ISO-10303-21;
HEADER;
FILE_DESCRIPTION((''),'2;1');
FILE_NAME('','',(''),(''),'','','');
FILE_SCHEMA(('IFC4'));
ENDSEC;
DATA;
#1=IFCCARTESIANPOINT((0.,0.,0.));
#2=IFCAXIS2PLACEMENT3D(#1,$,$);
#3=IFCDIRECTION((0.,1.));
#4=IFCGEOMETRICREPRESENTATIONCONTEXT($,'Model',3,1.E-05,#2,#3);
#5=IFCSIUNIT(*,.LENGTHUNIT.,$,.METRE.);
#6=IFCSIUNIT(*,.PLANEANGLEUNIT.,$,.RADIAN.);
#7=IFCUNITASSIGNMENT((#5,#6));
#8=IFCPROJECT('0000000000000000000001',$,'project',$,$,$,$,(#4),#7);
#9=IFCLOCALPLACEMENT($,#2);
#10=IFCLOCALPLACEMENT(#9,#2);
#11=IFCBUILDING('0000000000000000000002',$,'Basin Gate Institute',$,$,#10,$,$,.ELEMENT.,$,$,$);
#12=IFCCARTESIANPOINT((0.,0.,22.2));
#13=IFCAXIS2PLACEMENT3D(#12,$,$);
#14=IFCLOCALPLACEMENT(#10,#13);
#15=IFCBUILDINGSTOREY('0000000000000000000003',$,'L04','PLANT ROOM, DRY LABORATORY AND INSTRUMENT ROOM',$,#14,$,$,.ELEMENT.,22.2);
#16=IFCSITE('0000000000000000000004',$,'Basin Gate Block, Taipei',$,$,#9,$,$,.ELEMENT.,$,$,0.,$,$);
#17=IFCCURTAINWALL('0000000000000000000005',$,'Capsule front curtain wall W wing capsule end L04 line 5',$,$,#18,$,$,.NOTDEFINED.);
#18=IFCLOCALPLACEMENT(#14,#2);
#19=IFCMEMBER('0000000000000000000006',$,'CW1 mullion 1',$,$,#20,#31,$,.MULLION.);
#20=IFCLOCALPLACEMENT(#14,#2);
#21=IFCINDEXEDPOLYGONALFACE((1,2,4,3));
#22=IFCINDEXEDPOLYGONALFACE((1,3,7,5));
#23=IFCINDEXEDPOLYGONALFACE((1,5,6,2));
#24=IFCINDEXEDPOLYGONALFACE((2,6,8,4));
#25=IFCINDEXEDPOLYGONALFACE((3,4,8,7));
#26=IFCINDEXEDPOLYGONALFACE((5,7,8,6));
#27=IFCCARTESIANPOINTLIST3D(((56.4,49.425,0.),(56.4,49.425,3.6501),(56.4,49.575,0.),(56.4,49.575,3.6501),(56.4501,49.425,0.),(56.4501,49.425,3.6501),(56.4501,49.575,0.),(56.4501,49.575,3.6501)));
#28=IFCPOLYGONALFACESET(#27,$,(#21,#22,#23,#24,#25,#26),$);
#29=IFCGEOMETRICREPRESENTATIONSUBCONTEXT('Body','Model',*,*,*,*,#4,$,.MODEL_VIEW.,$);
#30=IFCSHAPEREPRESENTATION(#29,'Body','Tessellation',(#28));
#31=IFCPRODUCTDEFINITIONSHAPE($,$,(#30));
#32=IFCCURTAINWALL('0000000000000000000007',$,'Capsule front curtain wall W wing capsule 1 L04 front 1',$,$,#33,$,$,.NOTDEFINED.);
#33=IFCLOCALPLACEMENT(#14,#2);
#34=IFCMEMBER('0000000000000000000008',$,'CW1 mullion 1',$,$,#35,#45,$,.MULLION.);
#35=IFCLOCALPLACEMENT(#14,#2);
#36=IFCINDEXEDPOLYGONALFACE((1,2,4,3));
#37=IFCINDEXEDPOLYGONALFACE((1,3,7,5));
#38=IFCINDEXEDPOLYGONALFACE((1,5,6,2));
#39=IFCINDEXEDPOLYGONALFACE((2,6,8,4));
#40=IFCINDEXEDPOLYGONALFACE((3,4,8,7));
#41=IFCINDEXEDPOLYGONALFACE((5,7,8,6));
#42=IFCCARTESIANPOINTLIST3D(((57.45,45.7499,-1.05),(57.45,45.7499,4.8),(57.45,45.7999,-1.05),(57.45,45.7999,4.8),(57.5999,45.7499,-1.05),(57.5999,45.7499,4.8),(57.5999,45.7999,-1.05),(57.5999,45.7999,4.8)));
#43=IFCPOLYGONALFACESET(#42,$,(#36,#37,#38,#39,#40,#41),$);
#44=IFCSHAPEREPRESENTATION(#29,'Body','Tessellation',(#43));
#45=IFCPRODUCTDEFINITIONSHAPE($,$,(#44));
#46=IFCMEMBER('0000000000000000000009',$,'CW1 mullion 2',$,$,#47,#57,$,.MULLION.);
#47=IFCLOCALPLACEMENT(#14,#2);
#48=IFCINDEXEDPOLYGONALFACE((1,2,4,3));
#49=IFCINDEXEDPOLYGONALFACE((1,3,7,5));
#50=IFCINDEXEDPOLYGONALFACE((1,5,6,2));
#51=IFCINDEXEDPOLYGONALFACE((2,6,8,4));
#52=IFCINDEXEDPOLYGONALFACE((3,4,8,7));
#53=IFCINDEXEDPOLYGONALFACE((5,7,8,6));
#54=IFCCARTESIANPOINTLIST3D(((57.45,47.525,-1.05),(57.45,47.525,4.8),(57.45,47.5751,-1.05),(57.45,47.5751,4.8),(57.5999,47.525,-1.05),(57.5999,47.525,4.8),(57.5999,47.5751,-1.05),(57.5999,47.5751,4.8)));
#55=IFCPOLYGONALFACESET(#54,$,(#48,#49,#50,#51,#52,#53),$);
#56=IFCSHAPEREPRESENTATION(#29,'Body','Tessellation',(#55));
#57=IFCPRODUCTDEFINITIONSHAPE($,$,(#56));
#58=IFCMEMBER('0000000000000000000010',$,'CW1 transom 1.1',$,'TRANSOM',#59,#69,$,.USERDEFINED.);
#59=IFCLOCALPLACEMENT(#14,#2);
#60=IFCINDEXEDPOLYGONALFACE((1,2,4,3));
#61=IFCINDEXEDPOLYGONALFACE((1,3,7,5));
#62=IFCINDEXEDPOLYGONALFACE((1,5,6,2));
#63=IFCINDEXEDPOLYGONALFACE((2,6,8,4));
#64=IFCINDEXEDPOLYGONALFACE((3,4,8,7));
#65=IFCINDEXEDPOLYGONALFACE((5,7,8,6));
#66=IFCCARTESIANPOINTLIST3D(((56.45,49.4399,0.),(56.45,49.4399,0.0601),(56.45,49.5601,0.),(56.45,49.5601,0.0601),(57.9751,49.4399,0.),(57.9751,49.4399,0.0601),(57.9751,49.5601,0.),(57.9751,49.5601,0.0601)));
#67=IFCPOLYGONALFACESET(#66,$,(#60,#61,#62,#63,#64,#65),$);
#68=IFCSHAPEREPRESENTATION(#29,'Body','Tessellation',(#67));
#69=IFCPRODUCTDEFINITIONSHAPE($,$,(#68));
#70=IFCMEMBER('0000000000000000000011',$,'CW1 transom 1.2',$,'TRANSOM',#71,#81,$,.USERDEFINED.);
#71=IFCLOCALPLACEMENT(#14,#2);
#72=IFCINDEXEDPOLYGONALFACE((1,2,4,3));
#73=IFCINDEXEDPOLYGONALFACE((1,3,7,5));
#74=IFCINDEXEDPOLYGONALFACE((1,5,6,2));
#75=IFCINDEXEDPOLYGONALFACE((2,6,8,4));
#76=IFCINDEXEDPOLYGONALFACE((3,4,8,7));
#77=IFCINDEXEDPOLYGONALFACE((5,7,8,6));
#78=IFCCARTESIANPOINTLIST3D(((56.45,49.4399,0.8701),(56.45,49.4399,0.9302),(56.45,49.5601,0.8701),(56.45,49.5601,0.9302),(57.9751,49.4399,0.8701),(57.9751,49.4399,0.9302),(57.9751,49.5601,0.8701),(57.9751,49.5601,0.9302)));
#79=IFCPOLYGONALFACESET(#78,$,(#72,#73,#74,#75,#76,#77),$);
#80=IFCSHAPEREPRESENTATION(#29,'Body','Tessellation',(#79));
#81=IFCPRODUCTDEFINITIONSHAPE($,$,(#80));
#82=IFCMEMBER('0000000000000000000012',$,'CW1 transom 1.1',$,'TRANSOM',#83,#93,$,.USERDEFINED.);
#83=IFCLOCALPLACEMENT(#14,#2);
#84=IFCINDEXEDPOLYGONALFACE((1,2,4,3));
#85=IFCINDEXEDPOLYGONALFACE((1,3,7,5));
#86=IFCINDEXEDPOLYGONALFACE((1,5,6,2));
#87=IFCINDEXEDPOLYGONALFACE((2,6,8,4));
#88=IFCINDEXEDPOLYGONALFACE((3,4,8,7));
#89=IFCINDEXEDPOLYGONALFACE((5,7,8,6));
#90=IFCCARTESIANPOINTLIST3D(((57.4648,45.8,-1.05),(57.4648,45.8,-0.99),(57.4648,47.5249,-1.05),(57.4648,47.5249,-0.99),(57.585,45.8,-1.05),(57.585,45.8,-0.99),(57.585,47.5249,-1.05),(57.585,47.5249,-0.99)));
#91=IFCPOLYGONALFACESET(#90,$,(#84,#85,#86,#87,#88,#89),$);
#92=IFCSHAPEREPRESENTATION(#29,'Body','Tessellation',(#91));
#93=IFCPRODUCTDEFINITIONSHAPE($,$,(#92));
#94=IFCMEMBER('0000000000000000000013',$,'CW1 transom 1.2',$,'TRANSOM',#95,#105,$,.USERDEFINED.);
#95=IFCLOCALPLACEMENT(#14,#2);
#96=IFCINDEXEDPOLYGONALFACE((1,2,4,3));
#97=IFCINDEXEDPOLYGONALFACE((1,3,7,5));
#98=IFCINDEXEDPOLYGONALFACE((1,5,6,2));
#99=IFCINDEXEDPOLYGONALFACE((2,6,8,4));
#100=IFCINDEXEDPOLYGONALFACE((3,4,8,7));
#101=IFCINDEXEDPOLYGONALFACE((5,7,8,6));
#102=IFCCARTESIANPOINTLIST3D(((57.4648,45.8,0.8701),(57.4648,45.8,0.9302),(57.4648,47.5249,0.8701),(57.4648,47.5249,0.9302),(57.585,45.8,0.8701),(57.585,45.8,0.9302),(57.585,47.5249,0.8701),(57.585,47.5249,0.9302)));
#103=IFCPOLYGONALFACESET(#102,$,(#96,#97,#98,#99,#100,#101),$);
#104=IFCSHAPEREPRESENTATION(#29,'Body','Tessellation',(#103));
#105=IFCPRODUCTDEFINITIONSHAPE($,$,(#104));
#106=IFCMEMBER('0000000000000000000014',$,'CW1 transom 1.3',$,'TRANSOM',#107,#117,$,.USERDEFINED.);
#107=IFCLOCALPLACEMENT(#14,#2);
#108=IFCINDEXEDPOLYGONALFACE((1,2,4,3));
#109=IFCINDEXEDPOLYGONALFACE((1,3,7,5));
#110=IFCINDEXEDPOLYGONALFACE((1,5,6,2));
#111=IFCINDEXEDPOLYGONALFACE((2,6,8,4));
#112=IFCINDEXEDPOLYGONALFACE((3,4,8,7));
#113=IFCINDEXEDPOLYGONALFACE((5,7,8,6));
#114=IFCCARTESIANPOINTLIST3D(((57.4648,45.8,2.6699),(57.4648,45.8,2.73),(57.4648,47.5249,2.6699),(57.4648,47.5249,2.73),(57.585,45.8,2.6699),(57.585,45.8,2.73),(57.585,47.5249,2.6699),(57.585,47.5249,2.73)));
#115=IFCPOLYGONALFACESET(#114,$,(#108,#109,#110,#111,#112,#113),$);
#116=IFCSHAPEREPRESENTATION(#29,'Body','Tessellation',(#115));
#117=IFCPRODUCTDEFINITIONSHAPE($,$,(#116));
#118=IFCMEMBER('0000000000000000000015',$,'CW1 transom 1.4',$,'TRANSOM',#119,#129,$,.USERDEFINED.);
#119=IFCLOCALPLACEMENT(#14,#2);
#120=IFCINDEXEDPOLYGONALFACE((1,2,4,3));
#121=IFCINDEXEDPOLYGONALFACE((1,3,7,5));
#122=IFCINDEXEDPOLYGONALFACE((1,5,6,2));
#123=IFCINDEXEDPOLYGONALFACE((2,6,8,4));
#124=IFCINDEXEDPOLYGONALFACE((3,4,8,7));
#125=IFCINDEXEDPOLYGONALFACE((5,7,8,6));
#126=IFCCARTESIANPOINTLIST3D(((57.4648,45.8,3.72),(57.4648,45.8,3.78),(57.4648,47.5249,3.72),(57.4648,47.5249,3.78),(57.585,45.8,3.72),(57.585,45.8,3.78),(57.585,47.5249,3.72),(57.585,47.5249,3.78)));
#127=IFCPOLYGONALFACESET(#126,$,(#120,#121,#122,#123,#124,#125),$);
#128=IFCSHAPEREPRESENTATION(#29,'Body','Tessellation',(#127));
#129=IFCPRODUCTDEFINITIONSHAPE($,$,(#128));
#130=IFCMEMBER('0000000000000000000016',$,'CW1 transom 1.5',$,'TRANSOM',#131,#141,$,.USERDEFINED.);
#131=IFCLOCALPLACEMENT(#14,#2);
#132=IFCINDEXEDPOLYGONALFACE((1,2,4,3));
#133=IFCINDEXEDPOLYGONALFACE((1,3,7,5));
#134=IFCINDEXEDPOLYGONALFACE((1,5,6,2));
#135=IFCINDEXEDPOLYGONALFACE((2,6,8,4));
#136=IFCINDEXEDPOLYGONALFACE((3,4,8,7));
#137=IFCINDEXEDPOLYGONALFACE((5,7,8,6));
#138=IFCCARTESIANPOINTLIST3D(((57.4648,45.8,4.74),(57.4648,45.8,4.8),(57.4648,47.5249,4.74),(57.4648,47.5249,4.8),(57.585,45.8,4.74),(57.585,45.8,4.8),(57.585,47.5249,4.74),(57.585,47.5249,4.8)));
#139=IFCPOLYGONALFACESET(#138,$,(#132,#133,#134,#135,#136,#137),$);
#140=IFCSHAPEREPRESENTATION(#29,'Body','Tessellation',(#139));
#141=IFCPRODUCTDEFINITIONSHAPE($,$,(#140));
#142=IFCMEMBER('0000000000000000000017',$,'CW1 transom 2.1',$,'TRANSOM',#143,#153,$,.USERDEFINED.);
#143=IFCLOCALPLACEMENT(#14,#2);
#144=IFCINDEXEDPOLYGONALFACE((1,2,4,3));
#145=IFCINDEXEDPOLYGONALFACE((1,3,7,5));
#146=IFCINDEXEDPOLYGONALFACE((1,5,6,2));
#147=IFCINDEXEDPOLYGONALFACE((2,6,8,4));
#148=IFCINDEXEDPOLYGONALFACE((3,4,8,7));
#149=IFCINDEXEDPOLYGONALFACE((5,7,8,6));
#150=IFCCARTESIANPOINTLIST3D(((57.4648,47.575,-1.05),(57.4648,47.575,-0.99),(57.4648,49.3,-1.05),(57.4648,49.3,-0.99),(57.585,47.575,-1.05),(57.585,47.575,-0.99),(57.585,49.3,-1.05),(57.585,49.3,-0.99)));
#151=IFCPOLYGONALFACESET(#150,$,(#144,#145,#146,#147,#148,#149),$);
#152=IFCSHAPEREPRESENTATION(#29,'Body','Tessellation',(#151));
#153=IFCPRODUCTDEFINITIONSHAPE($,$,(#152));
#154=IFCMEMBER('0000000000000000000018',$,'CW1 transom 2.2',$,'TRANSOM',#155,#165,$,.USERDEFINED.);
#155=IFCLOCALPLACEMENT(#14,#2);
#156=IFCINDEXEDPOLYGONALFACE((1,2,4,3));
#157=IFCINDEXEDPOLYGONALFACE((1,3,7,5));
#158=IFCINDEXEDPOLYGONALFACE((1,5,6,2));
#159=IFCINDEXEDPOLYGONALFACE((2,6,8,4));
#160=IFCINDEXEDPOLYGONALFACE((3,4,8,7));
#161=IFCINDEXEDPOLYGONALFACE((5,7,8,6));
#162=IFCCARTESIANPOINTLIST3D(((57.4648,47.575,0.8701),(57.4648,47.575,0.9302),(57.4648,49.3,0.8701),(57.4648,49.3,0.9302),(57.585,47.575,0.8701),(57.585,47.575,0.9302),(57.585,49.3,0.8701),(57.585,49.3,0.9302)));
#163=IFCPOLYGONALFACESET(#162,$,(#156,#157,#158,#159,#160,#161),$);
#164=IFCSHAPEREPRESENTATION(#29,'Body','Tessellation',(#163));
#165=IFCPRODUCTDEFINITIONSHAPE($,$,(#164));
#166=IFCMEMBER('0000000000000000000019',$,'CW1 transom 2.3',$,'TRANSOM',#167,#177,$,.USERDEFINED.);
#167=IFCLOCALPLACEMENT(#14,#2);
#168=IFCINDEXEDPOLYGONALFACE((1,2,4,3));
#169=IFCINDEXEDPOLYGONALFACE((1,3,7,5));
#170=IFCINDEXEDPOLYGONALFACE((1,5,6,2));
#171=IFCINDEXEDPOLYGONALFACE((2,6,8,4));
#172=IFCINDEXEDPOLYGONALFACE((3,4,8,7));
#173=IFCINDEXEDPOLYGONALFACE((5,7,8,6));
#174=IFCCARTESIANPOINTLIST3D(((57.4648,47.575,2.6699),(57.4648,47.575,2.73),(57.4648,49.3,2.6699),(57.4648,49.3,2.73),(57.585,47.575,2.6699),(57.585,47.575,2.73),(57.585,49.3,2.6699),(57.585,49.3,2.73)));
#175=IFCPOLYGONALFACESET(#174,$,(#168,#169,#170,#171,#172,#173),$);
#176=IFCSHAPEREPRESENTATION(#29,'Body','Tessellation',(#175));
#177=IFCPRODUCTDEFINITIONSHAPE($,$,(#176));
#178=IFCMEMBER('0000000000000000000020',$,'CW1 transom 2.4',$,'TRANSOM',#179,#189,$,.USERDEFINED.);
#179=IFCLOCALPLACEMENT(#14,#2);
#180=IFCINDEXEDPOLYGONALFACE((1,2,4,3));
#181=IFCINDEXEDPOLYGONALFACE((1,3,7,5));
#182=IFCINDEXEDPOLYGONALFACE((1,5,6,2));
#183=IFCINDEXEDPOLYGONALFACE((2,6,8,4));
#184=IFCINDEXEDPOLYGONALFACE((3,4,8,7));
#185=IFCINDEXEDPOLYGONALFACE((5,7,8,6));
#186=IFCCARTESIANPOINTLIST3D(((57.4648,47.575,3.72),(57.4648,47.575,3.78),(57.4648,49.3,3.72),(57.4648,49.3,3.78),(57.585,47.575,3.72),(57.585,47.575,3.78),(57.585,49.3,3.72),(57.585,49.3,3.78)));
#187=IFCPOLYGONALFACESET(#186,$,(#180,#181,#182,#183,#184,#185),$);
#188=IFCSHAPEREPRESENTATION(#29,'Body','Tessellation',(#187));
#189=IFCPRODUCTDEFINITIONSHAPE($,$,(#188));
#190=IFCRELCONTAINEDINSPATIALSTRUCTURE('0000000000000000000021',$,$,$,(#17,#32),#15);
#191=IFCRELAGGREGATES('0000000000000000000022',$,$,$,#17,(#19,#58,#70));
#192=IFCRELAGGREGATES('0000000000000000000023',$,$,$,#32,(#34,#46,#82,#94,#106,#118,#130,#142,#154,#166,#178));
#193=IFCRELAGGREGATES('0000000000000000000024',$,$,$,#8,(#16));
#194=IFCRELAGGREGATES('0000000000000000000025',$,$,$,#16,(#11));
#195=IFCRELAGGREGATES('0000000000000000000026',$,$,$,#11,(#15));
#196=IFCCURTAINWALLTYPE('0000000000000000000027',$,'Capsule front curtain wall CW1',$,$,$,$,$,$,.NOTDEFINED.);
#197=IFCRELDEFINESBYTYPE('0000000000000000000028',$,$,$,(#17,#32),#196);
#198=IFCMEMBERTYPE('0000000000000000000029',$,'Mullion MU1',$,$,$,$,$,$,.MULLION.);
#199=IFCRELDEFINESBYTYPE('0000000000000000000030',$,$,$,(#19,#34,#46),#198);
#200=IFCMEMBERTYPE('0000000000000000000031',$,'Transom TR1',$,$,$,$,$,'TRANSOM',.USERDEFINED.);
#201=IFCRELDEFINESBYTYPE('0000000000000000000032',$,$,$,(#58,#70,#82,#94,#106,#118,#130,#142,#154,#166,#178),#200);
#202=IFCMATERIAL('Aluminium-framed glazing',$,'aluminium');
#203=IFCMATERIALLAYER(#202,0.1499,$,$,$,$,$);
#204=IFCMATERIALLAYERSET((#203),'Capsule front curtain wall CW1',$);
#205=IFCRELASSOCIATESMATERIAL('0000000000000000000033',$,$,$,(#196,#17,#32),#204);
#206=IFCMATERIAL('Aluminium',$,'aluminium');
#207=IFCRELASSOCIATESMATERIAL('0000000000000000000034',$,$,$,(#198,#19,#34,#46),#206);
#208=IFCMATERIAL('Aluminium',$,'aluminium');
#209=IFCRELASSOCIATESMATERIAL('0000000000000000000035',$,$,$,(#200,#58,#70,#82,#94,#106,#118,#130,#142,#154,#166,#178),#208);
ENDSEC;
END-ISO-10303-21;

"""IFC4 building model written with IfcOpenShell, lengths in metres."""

from ifc_helpers import new_model, si_unit, direction, frame, origin, origin_2d, place, context, subcontext, project, spatial, rectangle, extrude, material, layer, layer_set, material_profile, profile_set, type_object, element, aggregate, save


model = new_model("IFC4")

# Units and contexts
model_context = context("Model", 3, precision=1e-05, world=origin(), true_north=direction((0.0, 1.0)))
body_context = subcontext(model_context, "Body", "Model", "MODEL_VIEW")
ifc_project = project(units=[si_unit("LENGTHUNIT", "METRE"), si_unit("PLANEANGLEUNIT", "RADIAN")], contexts=[model_context])

# Site, building, storey
site_placement = place(None, origin())
site = spatial("IfcSite", under=ifc_project, at=site_placement, Name="Basin Gate Block, Taipei", CompositionType="ELEMENT", RefElevation=0.0)
building_placement = place(site_placement, origin())
building = spatial("IfcBuilding", under=site, at=building_placement, Name="Basin Gate Institute", CompositionType="ELEMENT")
storey_placement = place(building_placement, frame((0.0, 0.0, 22.2)))
storey = spatial("IfcBuildingStorey", under=building, at=storey_placement, Name="L04", Description="PLANT ROOM, DRY LABORATORY AND INSTRUMENT ROOM", CompositionType="ELEMENT", Elevation=22.2)

# Curtain wall, member
ifc_material_1 = material(Name="Aluminium-framed glazing", Category="aluminium")
ifc_layer_1 = layer(ifc_material_1, 0.1499)
ifc_layer_set_1 = layer_set([ifc_layer_1], Name="Capsule front curtain wall CW1")
curtain_wall_type = type_object("IfcCurtainWallType", Name="Capsule front curtain wall CW1", PredefinedType="NOTDEFINED", material=ifc_layer_set_1)
curtain_wall_1_placement = place(storey_placement, origin())
curtain_wall_1 = element("IfcCurtainWall", 1, at=curtain_wall_1_placement, inside=storey, type_object=curtain_wall_type, material=ifc_layer_set_1, Name="Capsule front curtain wall W wing capsule end L04 line 5", PredefinedType="NOTDEFINED")
ifc_material_2 = material(Name="Aluminium", Category="aluminium")
ifc_material_profile_1 = material_profile(ifc_material_2, rectangle(XDim=0.1499, YDim=0.05, at=origin_2d()), Name="Mullion MU1 150 x 50")
ifc_profile_set_1 = profile_set([ifc_material_profile_1], Name="Aluminium")
member_type_1 = type_object("IfcMemberType", Name="Mullion MU1", PredefinedType="MULLION", material=ifc_profile_set_1)
member_1_placement = place(storey_placement, frame((56.425, 49.5, 0.0), z_axis=(0.0, 0.0, 1.0), x_axis=(0.0, 1.0, 0.0)))
member_1 = element("IfcMember", 2, at=member_1_placement, type_object=member_type_1, material=ifc_profile_set_1, Name="CW1 mullion 1", PredefinedType="MULLION", context=body_context, shape_type="SweptSolid", body=[
    extrude(rectangle(XDim=0.1499, YDim=0.05, at=origin_2d()), origin(), (0.0, 0.0, 1.0), 3.6501),
])

# Curtain wall, members
curtain_wall_2_placement = place(storey_placement, origin())
curtain_wall_2 = element("IfcCurtainWall", 3, at=curtain_wall_2_placement, inside=storey, type_object=curtain_wall_type, material=ifc_layer_set_1, Name="Capsule front curtain wall W wing capsule 1 L04 front 1", PredefinedType="NOTDEFINED")
member_2_placement = place(storey_placement, frame((57.5249, 45.7749, -1.05), z_axis=(0.0, 0.0, 1.0), x_axis=(-1.0, 0.0, 0.0)))
member_2 = element("IfcMember", 4, at=member_2_placement, type_object=member_type_1, material=ifc_profile_set_1, Name="CW1 mullion 1", PredefinedType="MULLION", context=body_context, shape_type="SweptSolid", body=[
    extrude(rectangle(XDim=0.1499, YDim=0.05, at=origin_2d()), origin(), (0.0, 0.0, 1.0), 5.8501),
])
member_3_placement = place(storey_placement, frame((57.5249, 47.55, -1.05), z_axis=(0.0, 0.0, 1.0), x_axis=(-1.0, 0.0, 0.0)))
member_3 = element("IfcMember", 5, at=member_3_placement, type_object=member_type_1, material=ifc_profile_set_1, Name="CW1 mullion 2", PredefinedType="MULLION", context=body_context, shape_type="SweptSolid", body=[
    extrude(rectangle(XDim=0.1499, YDim=0.05, at=origin_2d()), origin(), (0.0, 0.0, 1.0), 5.8501),
])

# Members
ifc_material_3 = material(Name="Aluminium", Category="aluminium")
ifc_material_profile_2 = material_profile(ifc_material_3, rectangle(XDim=0.1201, YDim=0.0601, at=origin_2d()), Name="Transom TR1 120 x 60")
ifc_profile_set_2 = profile_set([ifc_material_profile_2], Name="Aluminium")
member_type_2 = type_object("IfcMemberType", Name="Transom TR1", ElementType="TRANSOM", PredefinedType="USERDEFINED", material=ifc_profile_set_2)
member_4_placement = place(storey_placement, frame((56.45, 49.5, 0.03), z_axis=(1.0, 0.0, 0.0), x_axis=(0.0, 1.0, 0.0)))
member_4 = element("IfcMember", 6, at=member_4_placement, type_object=member_type_2, material=ifc_profile_set_2, Name="CW1 transom 1.1", ObjectType="TRANSOM", PredefinedType="USERDEFINED", context=body_context, shape_type="SweptSolid", body=[
    extrude(rectangle(XDim=0.1201, YDim=0.0601, at=origin_2d()), origin(), (0.0, 0.0, 1.0), 1.5251),
])
member_5_placement = place(storey_placement, frame((56.45, 49.5, 0.9001), z_axis=(1.0, 0.0, 0.0), x_axis=(0.0, 1.0, 0.0)))
member_5 = element("IfcMember", 7, at=member_5_placement, type_object=member_type_2, material=ifc_profile_set_2, Name="CW1 transom 1.2", ObjectType="TRANSOM", PredefinedType="USERDEFINED", context=body_context, shape_type="SweptSolid", body=[
    extrude(rectangle(XDim=0.1201, YDim=0.0601, at=origin_2d()), origin(), (0.0, 0.0, 1.0), 1.5251),
])
aggregate(curtain_wall_1, [member_1, member_4, member_5])
member_6_placement = place(storey_placement, frame((57.5249, 45.8, -1.02), z_axis=(0.0, 1.0, 0.0), x_axis=(-1.0, 0.0, 0.0)))
member_6 = element("IfcMember", 8, at=member_6_placement, type_object=member_type_2, material=ifc_profile_set_2, Name="CW1 transom 1.1", ObjectType="TRANSOM", PredefinedType="USERDEFINED", context=body_context, shape_type="SweptSolid", body=[
    extrude(rectangle(XDim=0.1201, YDim=0.0601, at=origin_2d()), origin(), (0.0, 0.0, 1.0), 1.7249),
])
member_7_placement = place(storey_placement, frame((57.5249, 45.8, 0.9001), z_axis=(0.0, 1.0, 0.0), x_axis=(-1.0, 0.0, 0.0)))
member_7 = element("IfcMember", 9, at=member_7_placement, type_object=member_type_2, material=ifc_profile_set_2, Name="CW1 transom 1.2", ObjectType="TRANSOM", PredefinedType="USERDEFINED", context=body_context, shape_type="SweptSolid", body=[
    extrude(rectangle(XDim=0.1201, YDim=0.0601, at=origin_2d()), origin(), (0.0, 0.0, 1.0), 1.7249),
])
member_8_placement = place(storey_placement, frame((57.5249, 45.8, 2.7), z_axis=(0.0, 1.0, 0.0), x_axis=(-1.0, 0.0, 0.0)))
member_8 = element("IfcMember", 10, at=member_8_placement, type_object=member_type_2, material=ifc_profile_set_2, Name="CW1 transom 1.3", ObjectType="TRANSOM", PredefinedType="USERDEFINED", context=body_context, shape_type="SweptSolid", body=[
    extrude(rectangle(XDim=0.1201, YDim=0.0601, at=origin_2d()), origin(), (0.0, 0.0, 1.0), 1.7249),
])
member_9_placement = place(storey_placement, frame((57.5249, 45.8, 3.75), z_axis=(0.0, 1.0, 0.0), x_axis=(-1.0, 0.0, 0.0)))
member_9 = element("IfcMember", 11, at=member_9_placement, type_object=member_type_2, material=ifc_profile_set_2, Name="CW1 transom 1.4", ObjectType="TRANSOM", PredefinedType="USERDEFINED", context=body_context, shape_type="SweptSolid", body=[
    extrude(rectangle(XDim=0.1201, YDim=0.0601, at=origin_2d()), origin(), (0.0, 0.0, 1.0), 1.7249),
])
member_10_placement = place(storey_placement, frame((57.5249, 45.8, 4.77), z_axis=(0.0, 1.0, 0.0), x_axis=(-1.0, 0.0, 0.0)))
member_10 = element("IfcMember", 12, at=member_10_placement, type_object=member_type_2, material=ifc_profile_set_2, Name="CW1 transom 1.5", ObjectType="TRANSOM", PredefinedType="USERDEFINED", context=body_context, shape_type="SweptSolid", body=[
    extrude(rectangle(XDim=0.1201, YDim=0.0601, at=origin_2d()), origin(), (0.0, 0.0, 1.0), 1.7249),
])
member_11_placement = place(storey_placement, frame((57.5249, 47.575, -1.02), z_axis=(0.0, 1.0, 0.0), x_axis=(-1.0, 0.0, 0.0)))
member_11 = element("IfcMember", 13, at=member_11_placement, type_object=member_type_2, material=ifc_profile_set_2, Name="CW1 transom 2.1", ObjectType="TRANSOM", PredefinedType="USERDEFINED", context=body_context, shape_type="SweptSolid", body=[
    extrude(rectangle(XDim=0.1201, YDim=0.0601, at=origin_2d()), origin(), (0.0, 0.0, 1.0), 1.7251),
])
member_12_placement = place(storey_placement, frame((57.5249, 47.575, 0.9001), z_axis=(0.0, 1.0, 0.0), x_axis=(-1.0, 0.0, 0.0)))
member_12 = element("IfcMember", 14, at=member_12_placement, type_object=member_type_2, material=ifc_profile_set_2, Name="CW1 transom 2.2", ObjectType="TRANSOM", PredefinedType="USERDEFINED", context=body_context, shape_type="SweptSolid", body=[
    extrude(rectangle(XDim=0.1201, YDim=0.0601, at=origin_2d()), origin(), (0.0, 0.0, 1.0), 1.7251),
])
member_13_placement = place(storey_placement, frame((57.5249, 47.575, 2.7), z_axis=(0.0, 1.0, 0.0), x_axis=(-1.0, 0.0, 0.0)))
member_13 = element("IfcMember", 15, at=member_13_placement, type_object=member_type_2, material=ifc_profile_set_2, Name="CW1 transom 2.3", ObjectType="TRANSOM", PredefinedType="USERDEFINED", context=body_context, shape_type="SweptSolid", body=[
    extrude(rectangle(XDim=0.1201, YDim=0.0601, at=origin_2d()), origin(), (0.0, 0.0, 1.0), 1.7251),
])
member_14_placement = place(storey_placement, frame((57.5249, 47.575, 3.75), z_axis=(0.0, 1.0, 0.0), x_axis=(-1.0, 0.0, 0.0)))
member_14 = element("IfcMember", 16, at=member_14_placement, type_object=member_type_2, material=ifc_profile_set_2, Name="CW1 transom 2.4", ObjectType="TRANSOM", PredefinedType="USERDEFINED", context=body_context, shape_type="SweptSolid", body=[
    extrude(rectangle(XDim=0.1201, YDim=0.0601, at=origin_2d()), origin(), (0.0, 0.0, 1.0), 1.7251),
])

aggregate(curtain_wall_2, [member_2, member_3, member_6, member_7, member_8, member_9, member_10, member_11, member_12, member_13, member_14])

save(model, "model.ifc")
